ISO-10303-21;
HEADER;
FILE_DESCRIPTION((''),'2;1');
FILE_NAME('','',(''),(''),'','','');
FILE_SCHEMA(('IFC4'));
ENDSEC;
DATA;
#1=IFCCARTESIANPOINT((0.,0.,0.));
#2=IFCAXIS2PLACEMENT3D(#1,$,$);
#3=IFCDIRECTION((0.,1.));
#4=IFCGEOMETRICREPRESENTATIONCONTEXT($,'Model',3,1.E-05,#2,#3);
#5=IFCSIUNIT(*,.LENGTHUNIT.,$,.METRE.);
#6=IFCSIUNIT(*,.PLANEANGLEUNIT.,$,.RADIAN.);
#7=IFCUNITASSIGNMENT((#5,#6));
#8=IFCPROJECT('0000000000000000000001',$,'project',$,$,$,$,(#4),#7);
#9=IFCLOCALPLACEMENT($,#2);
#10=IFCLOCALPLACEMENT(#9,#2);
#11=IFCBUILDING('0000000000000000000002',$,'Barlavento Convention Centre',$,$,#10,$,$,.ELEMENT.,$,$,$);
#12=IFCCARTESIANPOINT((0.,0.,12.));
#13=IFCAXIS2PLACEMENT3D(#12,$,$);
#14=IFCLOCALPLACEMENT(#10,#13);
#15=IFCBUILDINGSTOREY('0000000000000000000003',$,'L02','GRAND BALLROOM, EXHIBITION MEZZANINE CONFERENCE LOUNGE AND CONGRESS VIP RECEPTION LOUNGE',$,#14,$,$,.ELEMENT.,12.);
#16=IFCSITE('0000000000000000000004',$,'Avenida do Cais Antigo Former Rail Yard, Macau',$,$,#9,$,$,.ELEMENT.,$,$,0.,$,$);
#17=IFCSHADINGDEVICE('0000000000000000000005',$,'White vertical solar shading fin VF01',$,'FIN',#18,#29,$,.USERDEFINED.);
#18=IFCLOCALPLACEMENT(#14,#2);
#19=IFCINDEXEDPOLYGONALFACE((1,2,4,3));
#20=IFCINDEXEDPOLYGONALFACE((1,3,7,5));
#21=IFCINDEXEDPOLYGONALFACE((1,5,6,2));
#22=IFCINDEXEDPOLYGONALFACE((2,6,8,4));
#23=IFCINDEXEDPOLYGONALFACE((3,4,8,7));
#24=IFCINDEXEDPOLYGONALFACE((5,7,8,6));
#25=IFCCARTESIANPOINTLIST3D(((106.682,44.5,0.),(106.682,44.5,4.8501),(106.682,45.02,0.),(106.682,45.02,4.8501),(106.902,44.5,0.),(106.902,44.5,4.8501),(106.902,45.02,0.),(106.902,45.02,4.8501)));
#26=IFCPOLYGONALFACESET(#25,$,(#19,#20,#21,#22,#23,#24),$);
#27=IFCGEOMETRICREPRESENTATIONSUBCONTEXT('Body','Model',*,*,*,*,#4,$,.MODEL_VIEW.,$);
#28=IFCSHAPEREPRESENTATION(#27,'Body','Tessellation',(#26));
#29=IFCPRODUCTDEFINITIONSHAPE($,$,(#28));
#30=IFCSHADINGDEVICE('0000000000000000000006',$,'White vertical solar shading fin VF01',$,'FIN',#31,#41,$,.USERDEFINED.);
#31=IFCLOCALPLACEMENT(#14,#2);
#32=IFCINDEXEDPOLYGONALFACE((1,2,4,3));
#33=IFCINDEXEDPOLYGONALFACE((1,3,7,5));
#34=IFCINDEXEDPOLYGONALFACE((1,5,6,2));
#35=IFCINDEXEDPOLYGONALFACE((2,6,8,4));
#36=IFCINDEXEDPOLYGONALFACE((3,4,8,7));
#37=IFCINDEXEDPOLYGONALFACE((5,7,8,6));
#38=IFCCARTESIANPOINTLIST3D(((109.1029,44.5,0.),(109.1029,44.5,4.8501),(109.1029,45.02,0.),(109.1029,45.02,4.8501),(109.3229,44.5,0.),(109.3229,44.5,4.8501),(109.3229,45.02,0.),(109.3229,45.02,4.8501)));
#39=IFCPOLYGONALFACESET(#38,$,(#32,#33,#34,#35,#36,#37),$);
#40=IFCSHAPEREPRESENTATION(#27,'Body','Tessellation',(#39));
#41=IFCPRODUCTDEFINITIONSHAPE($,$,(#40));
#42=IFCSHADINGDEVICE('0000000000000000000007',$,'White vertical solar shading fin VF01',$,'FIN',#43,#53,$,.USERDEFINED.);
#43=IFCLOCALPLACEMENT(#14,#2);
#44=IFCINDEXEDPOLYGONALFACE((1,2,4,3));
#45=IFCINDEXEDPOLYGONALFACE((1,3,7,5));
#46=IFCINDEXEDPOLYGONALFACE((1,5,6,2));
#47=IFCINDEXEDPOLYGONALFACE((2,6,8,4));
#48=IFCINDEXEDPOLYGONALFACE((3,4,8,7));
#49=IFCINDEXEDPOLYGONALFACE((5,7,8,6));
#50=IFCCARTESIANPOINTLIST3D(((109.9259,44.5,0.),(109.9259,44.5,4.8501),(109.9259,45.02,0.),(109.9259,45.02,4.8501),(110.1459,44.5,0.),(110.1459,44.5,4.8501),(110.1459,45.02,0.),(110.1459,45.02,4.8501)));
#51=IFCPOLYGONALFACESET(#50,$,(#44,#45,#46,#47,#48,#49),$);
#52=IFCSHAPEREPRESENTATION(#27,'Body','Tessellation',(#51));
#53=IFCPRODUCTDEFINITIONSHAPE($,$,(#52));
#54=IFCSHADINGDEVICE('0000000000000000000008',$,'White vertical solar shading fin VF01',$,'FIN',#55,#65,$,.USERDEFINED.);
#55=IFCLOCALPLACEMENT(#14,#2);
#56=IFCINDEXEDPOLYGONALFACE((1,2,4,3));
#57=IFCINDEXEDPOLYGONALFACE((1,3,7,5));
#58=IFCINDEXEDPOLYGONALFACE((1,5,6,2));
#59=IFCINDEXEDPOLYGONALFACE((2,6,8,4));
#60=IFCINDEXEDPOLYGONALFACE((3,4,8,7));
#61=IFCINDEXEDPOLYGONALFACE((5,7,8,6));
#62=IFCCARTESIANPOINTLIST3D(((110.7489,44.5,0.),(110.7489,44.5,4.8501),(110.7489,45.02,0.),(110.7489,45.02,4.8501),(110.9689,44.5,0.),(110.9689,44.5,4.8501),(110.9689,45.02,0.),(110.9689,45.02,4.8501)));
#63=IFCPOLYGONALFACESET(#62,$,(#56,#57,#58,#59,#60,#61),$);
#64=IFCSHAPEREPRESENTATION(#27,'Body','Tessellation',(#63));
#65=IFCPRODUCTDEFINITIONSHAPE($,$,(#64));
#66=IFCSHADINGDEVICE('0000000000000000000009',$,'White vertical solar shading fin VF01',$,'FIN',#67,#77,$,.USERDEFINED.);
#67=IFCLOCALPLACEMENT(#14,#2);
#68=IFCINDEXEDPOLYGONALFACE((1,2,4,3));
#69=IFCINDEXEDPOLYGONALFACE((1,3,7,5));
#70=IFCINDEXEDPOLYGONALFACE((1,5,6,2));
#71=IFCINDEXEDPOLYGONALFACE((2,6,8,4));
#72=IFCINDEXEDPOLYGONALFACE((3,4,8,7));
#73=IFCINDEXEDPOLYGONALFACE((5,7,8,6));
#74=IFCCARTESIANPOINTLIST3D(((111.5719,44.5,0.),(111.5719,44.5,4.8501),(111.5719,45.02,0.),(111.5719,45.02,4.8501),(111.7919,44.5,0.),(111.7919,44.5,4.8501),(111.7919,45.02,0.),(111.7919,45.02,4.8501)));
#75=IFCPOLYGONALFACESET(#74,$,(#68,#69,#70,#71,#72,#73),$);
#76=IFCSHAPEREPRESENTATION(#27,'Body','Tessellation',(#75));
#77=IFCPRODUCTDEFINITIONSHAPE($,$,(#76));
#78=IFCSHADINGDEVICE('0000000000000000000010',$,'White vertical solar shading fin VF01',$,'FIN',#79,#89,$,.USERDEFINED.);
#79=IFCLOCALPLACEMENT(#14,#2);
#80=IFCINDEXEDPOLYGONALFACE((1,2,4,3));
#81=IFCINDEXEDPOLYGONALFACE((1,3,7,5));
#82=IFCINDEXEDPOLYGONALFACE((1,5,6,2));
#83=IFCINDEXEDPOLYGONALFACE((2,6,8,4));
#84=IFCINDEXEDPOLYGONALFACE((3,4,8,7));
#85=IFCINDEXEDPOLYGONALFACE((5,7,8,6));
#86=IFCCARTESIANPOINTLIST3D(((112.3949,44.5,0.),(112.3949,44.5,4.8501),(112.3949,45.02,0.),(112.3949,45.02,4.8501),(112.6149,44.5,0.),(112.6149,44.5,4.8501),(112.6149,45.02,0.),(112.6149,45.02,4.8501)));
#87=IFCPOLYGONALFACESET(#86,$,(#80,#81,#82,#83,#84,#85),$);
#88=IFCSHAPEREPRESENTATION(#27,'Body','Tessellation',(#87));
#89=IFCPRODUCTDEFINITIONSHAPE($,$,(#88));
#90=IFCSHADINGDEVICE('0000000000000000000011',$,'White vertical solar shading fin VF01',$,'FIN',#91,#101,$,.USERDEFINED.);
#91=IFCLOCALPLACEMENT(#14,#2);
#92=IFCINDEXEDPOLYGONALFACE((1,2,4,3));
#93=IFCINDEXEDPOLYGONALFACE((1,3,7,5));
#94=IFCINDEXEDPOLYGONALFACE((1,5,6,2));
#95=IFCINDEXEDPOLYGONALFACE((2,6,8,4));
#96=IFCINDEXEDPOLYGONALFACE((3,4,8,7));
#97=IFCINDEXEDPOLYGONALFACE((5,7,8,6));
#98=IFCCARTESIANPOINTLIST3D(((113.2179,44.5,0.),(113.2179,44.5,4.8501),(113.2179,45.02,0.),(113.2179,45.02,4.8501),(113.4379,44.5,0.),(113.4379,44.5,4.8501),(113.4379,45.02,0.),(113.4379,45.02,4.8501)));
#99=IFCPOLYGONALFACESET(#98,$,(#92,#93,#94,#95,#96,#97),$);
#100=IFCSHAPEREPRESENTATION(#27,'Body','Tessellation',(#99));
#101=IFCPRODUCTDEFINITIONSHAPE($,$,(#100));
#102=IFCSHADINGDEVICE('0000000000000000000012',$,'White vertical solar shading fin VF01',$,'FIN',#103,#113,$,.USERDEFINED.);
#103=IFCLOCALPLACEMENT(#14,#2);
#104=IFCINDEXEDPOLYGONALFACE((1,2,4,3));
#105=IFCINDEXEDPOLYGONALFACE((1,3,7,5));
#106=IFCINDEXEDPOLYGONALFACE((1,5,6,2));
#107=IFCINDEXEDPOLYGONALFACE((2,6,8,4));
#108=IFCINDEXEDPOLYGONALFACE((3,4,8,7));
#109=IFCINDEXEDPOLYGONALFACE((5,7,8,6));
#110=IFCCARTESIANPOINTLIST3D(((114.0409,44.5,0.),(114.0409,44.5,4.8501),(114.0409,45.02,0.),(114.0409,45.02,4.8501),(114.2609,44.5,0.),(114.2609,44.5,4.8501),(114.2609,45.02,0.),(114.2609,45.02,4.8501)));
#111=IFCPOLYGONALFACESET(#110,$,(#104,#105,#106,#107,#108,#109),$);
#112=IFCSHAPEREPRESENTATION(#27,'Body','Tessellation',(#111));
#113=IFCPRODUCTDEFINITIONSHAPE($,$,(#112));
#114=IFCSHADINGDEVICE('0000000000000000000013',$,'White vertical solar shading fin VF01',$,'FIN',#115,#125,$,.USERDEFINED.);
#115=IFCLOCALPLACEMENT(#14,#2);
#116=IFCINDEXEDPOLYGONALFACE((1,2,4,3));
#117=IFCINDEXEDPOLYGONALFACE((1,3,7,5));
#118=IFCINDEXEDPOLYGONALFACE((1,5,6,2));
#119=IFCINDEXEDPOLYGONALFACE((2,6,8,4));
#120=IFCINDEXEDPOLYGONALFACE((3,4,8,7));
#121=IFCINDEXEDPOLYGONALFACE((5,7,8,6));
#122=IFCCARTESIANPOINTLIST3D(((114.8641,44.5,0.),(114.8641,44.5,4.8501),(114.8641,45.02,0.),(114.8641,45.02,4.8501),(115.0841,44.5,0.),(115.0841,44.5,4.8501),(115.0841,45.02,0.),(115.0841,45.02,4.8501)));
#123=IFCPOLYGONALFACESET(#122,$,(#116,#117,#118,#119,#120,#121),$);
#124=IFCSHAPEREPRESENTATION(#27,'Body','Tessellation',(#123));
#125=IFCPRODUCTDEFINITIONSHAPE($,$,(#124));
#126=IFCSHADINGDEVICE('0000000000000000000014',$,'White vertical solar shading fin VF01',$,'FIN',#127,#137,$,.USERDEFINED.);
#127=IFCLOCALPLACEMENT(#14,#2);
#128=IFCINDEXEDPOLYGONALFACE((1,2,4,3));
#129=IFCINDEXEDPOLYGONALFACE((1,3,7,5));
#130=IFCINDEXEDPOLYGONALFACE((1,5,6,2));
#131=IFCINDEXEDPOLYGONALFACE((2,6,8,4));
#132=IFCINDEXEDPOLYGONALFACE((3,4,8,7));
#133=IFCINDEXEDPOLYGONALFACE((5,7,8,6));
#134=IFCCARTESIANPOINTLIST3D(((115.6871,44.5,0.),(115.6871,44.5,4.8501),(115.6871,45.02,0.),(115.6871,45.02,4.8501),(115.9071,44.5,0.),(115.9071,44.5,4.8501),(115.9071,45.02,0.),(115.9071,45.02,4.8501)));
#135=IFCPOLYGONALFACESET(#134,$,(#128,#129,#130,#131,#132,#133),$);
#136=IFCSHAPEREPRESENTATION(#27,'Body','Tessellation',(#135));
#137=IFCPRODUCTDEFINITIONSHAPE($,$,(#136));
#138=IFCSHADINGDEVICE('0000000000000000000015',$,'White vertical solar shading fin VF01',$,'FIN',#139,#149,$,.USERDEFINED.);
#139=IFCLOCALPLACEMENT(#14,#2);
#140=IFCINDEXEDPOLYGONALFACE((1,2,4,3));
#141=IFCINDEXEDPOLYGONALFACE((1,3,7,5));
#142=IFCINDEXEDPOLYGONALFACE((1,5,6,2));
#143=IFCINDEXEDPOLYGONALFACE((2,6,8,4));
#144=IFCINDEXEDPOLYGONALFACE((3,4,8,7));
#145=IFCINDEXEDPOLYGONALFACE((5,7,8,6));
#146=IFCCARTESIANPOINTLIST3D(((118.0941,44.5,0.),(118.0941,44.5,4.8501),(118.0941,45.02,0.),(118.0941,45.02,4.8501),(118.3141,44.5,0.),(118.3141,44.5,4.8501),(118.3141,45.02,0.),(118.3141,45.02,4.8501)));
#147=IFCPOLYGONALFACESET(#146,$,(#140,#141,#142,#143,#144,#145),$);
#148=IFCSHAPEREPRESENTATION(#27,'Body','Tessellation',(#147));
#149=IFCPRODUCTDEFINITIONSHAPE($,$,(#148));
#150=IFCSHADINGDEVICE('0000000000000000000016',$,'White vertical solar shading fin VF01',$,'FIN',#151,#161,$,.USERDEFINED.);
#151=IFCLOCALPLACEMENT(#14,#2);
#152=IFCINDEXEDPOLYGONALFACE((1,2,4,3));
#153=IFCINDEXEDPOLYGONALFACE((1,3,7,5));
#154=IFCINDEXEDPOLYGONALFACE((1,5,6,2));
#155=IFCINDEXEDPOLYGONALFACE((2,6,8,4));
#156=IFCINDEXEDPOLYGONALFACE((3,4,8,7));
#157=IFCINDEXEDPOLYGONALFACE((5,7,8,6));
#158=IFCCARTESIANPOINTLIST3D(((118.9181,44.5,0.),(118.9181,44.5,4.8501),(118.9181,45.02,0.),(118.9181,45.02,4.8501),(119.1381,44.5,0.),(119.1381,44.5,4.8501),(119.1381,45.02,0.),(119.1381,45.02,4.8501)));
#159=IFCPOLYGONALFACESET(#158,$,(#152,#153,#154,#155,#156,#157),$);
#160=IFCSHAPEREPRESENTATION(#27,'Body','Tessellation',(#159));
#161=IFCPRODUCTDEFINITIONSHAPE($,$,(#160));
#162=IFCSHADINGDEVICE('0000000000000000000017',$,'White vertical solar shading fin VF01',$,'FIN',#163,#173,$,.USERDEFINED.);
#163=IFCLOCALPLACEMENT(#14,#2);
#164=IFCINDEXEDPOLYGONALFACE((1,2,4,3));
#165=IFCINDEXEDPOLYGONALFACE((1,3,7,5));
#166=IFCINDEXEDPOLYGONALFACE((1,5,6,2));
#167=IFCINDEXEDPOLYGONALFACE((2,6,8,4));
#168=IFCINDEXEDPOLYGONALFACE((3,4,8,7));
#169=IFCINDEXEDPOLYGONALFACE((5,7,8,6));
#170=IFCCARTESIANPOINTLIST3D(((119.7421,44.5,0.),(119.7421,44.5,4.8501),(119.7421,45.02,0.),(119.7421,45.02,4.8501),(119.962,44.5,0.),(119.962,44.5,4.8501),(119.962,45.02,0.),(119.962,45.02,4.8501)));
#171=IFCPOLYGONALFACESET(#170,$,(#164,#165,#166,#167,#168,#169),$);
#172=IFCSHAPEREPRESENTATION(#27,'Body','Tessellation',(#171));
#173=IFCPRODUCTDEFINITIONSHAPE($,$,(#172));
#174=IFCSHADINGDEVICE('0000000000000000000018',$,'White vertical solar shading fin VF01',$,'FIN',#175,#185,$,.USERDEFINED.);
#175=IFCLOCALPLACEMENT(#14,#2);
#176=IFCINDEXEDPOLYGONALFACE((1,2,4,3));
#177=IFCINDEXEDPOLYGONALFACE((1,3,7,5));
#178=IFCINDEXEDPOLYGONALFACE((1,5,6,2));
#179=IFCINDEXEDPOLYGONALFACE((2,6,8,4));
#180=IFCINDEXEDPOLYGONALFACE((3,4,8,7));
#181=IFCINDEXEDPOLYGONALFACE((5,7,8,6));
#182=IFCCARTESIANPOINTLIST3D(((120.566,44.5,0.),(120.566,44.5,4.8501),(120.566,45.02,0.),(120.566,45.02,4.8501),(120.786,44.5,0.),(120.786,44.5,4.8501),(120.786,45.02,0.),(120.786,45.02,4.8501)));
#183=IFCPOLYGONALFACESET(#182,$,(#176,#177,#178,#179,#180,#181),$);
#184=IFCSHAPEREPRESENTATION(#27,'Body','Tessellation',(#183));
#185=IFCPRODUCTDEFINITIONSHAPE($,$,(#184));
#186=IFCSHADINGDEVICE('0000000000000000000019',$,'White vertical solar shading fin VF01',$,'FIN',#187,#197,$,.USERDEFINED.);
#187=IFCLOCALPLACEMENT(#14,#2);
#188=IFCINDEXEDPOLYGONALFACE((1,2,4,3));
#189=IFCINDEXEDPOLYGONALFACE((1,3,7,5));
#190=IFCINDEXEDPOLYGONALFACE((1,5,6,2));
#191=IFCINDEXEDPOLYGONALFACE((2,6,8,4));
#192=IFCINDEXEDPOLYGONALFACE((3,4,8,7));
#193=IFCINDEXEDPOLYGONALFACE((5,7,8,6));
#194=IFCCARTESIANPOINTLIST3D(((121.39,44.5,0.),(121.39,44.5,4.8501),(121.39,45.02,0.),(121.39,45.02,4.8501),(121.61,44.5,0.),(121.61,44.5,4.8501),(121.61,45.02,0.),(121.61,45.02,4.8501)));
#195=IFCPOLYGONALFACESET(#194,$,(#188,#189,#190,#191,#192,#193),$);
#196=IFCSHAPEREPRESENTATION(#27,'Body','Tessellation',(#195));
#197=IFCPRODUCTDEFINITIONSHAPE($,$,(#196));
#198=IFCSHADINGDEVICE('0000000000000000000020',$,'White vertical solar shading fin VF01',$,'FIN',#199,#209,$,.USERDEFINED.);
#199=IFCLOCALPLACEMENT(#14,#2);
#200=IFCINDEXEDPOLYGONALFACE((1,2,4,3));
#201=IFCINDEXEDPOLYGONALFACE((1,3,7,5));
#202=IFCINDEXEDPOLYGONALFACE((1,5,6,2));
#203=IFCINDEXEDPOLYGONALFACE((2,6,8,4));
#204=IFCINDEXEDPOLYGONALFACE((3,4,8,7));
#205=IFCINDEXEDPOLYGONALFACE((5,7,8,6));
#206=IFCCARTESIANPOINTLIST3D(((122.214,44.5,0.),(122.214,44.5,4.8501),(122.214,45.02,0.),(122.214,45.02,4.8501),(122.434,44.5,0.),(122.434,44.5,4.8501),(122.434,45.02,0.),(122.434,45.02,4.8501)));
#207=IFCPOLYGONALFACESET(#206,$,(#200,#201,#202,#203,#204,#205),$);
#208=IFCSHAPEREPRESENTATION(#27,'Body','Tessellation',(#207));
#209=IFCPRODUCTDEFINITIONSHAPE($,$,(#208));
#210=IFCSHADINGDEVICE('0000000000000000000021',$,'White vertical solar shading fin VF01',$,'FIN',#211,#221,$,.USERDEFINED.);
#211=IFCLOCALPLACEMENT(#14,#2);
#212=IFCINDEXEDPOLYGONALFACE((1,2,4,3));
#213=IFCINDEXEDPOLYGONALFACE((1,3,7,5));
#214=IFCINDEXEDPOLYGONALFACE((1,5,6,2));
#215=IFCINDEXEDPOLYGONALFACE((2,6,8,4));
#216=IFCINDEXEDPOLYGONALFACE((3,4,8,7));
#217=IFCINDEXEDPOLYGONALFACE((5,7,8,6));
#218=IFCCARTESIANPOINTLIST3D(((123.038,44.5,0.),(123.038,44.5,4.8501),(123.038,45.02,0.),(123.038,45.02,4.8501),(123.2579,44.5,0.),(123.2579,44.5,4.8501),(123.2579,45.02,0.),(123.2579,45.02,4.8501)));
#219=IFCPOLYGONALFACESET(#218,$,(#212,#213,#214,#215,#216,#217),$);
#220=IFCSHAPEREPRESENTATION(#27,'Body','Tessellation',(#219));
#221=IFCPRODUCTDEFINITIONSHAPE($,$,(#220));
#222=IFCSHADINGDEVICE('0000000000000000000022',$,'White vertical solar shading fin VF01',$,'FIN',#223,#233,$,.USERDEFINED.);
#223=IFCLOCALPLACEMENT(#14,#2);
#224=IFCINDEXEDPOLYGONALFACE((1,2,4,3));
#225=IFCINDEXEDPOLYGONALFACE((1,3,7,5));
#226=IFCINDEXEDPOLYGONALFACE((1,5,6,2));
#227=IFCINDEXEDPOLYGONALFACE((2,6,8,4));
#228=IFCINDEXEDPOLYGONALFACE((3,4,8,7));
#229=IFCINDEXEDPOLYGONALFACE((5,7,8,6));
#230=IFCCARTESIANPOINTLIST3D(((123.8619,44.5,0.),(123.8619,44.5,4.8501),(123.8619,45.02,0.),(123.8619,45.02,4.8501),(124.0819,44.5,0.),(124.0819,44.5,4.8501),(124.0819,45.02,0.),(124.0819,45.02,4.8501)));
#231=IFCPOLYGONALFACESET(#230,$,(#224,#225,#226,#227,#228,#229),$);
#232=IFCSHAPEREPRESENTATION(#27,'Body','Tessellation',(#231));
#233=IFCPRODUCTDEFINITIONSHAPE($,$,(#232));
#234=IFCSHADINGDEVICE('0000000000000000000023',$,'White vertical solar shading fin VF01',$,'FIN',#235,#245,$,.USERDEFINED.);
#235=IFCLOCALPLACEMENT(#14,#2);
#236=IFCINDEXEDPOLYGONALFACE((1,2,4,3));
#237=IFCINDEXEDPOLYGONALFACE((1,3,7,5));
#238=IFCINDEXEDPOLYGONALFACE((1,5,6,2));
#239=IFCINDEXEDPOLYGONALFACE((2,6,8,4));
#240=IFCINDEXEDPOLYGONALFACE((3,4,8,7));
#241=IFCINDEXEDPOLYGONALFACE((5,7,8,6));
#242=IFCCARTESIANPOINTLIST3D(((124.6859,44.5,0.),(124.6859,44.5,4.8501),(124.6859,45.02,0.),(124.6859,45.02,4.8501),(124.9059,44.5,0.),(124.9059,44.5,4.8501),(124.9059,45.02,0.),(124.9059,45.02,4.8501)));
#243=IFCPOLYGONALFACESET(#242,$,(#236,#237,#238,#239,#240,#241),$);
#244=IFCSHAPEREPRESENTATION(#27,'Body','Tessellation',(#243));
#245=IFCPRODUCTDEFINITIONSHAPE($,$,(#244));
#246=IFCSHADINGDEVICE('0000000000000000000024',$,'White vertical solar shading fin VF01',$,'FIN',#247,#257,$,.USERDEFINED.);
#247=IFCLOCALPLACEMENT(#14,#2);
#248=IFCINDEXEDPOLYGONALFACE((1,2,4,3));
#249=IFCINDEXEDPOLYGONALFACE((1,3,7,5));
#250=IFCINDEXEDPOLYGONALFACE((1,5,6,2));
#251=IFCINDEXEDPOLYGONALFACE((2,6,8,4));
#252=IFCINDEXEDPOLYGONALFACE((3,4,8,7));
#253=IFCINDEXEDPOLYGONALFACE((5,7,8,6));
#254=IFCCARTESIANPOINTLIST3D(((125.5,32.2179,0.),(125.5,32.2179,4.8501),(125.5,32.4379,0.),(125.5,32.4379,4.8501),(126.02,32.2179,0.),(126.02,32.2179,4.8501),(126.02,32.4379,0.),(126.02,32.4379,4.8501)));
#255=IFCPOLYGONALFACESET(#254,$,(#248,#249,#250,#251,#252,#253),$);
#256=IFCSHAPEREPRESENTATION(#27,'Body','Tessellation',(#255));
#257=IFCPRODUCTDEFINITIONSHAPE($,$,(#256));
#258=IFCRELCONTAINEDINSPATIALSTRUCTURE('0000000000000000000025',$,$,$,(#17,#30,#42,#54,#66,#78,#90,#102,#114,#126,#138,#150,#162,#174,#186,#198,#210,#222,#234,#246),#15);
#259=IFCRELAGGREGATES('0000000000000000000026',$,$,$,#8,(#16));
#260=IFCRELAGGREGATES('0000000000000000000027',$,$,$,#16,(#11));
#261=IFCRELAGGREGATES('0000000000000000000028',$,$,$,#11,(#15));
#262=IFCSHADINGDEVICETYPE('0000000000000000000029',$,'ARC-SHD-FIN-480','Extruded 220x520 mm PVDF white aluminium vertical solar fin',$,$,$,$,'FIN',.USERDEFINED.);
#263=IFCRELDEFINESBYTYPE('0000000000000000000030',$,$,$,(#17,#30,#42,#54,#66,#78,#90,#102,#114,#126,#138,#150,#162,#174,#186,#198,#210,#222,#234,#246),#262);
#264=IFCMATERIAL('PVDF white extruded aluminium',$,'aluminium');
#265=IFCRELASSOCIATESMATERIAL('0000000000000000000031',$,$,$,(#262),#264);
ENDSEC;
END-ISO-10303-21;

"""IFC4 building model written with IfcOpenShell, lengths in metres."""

from ifc_helpers import new_model, si_unit, direction, frame, origin, origin_2d, place, context, subcontext, project, spatial, rectangle, extrude, material, type_object, element, save


model = new_model("IFC4")

# Units and contexts
model_context = context("Model", 3, precision=1e-05, world=origin(), true_north=direction((0.0, 1.0)))
body_context = subcontext(model_context, "Body", "Model", "MODEL_VIEW")
ifc_project = project(units=[si_unit("LENGTHUNIT", "METRE"), si_unit("PLANEANGLEUNIT", "RADIAN")], contexts=[model_context])

# Site, building, storey
site_placement = place(None, origin())
site = spatial("IfcSite", under=ifc_project, at=site_placement, Name="Avenida do Cais Antigo Former Rail Yard, Macau", CompositionType="ELEMENT", RefElevation=0.0)
building_placement = place(site_placement, origin())
building = spatial("IfcBuilding", under=site, at=building_placement, Name="Barlavento Convention Centre", CompositionType="ELEMENT")
storey_placement = place(building_placement, frame((0.0, 0.0, 12.0)))
storey = spatial("IfcBuildingStorey", under=building, at=storey_placement, Name="L02", Description="GRAND BALLROOM, EXHIBITION MEZZANINE CONFERENCE LOUNGE AND CONGRESS VIP RECEPTION LOUNGE", CompositionType="ELEMENT", Elevation=12.0)

# Shading devices
ifc_material_1 = material(Name="PVDF white extruded aluminium", Category="aluminium")
shading_device_type = type_object("IfcShadingDeviceType", Name="ARC-SHD-FIN-480", Description="Extruded 220x520 mm PVDF white aluminium vertical solar fin", ElementType="FIN", PredefinedType="USERDEFINED", material=ifc_material_1)
for number, where, z_axis, x_axis, name in (
    (1, (106.792, 44.76, 0.0), (0.0, 0.0, 1.0), (1.0, 0.0, 0.0), "White vertical solar shading fin VF01"),
    (2, (109.2129, 44.76, 0.0), (0.0, 0.0, 1.0), (1.0, 0.0, 0.0), "White vertical solar shading fin VF01"),
    (3, (110.0359, 44.76, 0.0), (0.0, 0.0, 1.0), (1.0, 0.0, 0.0), "White vertical solar shading fin VF01"),
    (4, (110.8589, 44.76, 0.0), (0.0, 0.0, 1.0), (1.0, 0.0, 0.0), "White vertical solar shading fin VF01"),
    (5, (111.6819, 44.76, 0.0), (0.0, 0.0, 1.0), (1.0, 0.0, 0.0), "White vertical solar shading fin VF01"),
    (6, (112.5049, 44.76, 0.0), (0.0, 0.0, 1.0), (1.0, 0.0, 0.0), "White vertical solar shading fin VF01"),
    (7, (113.3279, 44.76, 0.0), (0.0, 0.0, 1.0), (1.0, 0.0, 0.0), "White vertical solar shading fin VF01"),
    (8, (114.1509, 44.76, 0.0), (0.0, 0.0, 1.0), (1.0, 0.0, 0.0), "White vertical solar shading fin VF01"),
    (9, (114.9741, 44.76, 0.0), (0.0, 0.0, 1.0), (1.0, 0.0, 0.0), "White vertical solar shading fin VF01"),
    (10, (115.7971, 44.76, 0.0), (0.0, 0.0, 1.0), (1.0, 0.0, 0.0), "White vertical solar shading fin VF01"),
    (11, (118.2041, 44.76, 0.0), (0.0, 0.0, 1.0), (1.0, 0.0, 0.0), "White vertical solar shading fin VF01"),
    (12, (119.0281, 44.76, 0.0), (0.0, 0.0, 1.0), (1.0, 0.0, 0.0), "White vertical solar shading fin VF01"),
    (13, (119.8521, 44.76, 0.0), (0.0, 0.0, 1.0), (1.0, 0.0, 0.0), "White vertical solar shading fin VF01"),
    (14, (120.676, 44.76, 0.0), (0.0, 0.0, 1.0), (1.0, 0.0, 0.0), "White vertical solar shading fin VF01"),
    (15, (121.5, 44.76, 0.0), (0.0, 0.0, 1.0), (1.0, 0.0, 0.0), "White vertical solar shading fin VF01"),
    (16, (122.324, 44.76, 0.0), (0.0, 0.0, 1.0), (1.0, 0.0, 0.0), "White vertical solar shading fin VF01"),
    (17, (123.1479, 44.76, 0.0), (0.0, 0.0, 1.0), (1.0, 0.0, 0.0), "White vertical solar shading fin VF01"),
    (18, (123.9719, 44.76, 0.0), (0.0, 0.0, 1.0), (1.0, 0.0, 0.0), "White vertical solar shading fin VF01"),
    (19, (124.7959, 44.76, 0.0), (0.0, 0.0, 1.0), (1.0, 0.0, 0.0), "White vertical solar shading fin VF01"),
    (20, (125.76, 32.3279, 0.0), (0.0, 0.0, 1.0), (0.0, 1.0, 0.0), "White vertical solar shading fin VF01"),
):
    element("IfcShadingDevice", number, at=place(storey_placement, frame(where, z_axis=z_axis, x_axis=x_axis)), inside=storey, type_object=shading_device_type, Name=name, ObjectType="FIN", PredefinedType="USERDEFINED", context=body_context, shape_type="SweptSolid", body=[
        extrude(rectangle(XDim=0.22, YDim=0.52, at=origin_2d()), origin(), (0.0, 0.0, 1.0), 4.8501),
    ])

save(model, "model.ifc")
